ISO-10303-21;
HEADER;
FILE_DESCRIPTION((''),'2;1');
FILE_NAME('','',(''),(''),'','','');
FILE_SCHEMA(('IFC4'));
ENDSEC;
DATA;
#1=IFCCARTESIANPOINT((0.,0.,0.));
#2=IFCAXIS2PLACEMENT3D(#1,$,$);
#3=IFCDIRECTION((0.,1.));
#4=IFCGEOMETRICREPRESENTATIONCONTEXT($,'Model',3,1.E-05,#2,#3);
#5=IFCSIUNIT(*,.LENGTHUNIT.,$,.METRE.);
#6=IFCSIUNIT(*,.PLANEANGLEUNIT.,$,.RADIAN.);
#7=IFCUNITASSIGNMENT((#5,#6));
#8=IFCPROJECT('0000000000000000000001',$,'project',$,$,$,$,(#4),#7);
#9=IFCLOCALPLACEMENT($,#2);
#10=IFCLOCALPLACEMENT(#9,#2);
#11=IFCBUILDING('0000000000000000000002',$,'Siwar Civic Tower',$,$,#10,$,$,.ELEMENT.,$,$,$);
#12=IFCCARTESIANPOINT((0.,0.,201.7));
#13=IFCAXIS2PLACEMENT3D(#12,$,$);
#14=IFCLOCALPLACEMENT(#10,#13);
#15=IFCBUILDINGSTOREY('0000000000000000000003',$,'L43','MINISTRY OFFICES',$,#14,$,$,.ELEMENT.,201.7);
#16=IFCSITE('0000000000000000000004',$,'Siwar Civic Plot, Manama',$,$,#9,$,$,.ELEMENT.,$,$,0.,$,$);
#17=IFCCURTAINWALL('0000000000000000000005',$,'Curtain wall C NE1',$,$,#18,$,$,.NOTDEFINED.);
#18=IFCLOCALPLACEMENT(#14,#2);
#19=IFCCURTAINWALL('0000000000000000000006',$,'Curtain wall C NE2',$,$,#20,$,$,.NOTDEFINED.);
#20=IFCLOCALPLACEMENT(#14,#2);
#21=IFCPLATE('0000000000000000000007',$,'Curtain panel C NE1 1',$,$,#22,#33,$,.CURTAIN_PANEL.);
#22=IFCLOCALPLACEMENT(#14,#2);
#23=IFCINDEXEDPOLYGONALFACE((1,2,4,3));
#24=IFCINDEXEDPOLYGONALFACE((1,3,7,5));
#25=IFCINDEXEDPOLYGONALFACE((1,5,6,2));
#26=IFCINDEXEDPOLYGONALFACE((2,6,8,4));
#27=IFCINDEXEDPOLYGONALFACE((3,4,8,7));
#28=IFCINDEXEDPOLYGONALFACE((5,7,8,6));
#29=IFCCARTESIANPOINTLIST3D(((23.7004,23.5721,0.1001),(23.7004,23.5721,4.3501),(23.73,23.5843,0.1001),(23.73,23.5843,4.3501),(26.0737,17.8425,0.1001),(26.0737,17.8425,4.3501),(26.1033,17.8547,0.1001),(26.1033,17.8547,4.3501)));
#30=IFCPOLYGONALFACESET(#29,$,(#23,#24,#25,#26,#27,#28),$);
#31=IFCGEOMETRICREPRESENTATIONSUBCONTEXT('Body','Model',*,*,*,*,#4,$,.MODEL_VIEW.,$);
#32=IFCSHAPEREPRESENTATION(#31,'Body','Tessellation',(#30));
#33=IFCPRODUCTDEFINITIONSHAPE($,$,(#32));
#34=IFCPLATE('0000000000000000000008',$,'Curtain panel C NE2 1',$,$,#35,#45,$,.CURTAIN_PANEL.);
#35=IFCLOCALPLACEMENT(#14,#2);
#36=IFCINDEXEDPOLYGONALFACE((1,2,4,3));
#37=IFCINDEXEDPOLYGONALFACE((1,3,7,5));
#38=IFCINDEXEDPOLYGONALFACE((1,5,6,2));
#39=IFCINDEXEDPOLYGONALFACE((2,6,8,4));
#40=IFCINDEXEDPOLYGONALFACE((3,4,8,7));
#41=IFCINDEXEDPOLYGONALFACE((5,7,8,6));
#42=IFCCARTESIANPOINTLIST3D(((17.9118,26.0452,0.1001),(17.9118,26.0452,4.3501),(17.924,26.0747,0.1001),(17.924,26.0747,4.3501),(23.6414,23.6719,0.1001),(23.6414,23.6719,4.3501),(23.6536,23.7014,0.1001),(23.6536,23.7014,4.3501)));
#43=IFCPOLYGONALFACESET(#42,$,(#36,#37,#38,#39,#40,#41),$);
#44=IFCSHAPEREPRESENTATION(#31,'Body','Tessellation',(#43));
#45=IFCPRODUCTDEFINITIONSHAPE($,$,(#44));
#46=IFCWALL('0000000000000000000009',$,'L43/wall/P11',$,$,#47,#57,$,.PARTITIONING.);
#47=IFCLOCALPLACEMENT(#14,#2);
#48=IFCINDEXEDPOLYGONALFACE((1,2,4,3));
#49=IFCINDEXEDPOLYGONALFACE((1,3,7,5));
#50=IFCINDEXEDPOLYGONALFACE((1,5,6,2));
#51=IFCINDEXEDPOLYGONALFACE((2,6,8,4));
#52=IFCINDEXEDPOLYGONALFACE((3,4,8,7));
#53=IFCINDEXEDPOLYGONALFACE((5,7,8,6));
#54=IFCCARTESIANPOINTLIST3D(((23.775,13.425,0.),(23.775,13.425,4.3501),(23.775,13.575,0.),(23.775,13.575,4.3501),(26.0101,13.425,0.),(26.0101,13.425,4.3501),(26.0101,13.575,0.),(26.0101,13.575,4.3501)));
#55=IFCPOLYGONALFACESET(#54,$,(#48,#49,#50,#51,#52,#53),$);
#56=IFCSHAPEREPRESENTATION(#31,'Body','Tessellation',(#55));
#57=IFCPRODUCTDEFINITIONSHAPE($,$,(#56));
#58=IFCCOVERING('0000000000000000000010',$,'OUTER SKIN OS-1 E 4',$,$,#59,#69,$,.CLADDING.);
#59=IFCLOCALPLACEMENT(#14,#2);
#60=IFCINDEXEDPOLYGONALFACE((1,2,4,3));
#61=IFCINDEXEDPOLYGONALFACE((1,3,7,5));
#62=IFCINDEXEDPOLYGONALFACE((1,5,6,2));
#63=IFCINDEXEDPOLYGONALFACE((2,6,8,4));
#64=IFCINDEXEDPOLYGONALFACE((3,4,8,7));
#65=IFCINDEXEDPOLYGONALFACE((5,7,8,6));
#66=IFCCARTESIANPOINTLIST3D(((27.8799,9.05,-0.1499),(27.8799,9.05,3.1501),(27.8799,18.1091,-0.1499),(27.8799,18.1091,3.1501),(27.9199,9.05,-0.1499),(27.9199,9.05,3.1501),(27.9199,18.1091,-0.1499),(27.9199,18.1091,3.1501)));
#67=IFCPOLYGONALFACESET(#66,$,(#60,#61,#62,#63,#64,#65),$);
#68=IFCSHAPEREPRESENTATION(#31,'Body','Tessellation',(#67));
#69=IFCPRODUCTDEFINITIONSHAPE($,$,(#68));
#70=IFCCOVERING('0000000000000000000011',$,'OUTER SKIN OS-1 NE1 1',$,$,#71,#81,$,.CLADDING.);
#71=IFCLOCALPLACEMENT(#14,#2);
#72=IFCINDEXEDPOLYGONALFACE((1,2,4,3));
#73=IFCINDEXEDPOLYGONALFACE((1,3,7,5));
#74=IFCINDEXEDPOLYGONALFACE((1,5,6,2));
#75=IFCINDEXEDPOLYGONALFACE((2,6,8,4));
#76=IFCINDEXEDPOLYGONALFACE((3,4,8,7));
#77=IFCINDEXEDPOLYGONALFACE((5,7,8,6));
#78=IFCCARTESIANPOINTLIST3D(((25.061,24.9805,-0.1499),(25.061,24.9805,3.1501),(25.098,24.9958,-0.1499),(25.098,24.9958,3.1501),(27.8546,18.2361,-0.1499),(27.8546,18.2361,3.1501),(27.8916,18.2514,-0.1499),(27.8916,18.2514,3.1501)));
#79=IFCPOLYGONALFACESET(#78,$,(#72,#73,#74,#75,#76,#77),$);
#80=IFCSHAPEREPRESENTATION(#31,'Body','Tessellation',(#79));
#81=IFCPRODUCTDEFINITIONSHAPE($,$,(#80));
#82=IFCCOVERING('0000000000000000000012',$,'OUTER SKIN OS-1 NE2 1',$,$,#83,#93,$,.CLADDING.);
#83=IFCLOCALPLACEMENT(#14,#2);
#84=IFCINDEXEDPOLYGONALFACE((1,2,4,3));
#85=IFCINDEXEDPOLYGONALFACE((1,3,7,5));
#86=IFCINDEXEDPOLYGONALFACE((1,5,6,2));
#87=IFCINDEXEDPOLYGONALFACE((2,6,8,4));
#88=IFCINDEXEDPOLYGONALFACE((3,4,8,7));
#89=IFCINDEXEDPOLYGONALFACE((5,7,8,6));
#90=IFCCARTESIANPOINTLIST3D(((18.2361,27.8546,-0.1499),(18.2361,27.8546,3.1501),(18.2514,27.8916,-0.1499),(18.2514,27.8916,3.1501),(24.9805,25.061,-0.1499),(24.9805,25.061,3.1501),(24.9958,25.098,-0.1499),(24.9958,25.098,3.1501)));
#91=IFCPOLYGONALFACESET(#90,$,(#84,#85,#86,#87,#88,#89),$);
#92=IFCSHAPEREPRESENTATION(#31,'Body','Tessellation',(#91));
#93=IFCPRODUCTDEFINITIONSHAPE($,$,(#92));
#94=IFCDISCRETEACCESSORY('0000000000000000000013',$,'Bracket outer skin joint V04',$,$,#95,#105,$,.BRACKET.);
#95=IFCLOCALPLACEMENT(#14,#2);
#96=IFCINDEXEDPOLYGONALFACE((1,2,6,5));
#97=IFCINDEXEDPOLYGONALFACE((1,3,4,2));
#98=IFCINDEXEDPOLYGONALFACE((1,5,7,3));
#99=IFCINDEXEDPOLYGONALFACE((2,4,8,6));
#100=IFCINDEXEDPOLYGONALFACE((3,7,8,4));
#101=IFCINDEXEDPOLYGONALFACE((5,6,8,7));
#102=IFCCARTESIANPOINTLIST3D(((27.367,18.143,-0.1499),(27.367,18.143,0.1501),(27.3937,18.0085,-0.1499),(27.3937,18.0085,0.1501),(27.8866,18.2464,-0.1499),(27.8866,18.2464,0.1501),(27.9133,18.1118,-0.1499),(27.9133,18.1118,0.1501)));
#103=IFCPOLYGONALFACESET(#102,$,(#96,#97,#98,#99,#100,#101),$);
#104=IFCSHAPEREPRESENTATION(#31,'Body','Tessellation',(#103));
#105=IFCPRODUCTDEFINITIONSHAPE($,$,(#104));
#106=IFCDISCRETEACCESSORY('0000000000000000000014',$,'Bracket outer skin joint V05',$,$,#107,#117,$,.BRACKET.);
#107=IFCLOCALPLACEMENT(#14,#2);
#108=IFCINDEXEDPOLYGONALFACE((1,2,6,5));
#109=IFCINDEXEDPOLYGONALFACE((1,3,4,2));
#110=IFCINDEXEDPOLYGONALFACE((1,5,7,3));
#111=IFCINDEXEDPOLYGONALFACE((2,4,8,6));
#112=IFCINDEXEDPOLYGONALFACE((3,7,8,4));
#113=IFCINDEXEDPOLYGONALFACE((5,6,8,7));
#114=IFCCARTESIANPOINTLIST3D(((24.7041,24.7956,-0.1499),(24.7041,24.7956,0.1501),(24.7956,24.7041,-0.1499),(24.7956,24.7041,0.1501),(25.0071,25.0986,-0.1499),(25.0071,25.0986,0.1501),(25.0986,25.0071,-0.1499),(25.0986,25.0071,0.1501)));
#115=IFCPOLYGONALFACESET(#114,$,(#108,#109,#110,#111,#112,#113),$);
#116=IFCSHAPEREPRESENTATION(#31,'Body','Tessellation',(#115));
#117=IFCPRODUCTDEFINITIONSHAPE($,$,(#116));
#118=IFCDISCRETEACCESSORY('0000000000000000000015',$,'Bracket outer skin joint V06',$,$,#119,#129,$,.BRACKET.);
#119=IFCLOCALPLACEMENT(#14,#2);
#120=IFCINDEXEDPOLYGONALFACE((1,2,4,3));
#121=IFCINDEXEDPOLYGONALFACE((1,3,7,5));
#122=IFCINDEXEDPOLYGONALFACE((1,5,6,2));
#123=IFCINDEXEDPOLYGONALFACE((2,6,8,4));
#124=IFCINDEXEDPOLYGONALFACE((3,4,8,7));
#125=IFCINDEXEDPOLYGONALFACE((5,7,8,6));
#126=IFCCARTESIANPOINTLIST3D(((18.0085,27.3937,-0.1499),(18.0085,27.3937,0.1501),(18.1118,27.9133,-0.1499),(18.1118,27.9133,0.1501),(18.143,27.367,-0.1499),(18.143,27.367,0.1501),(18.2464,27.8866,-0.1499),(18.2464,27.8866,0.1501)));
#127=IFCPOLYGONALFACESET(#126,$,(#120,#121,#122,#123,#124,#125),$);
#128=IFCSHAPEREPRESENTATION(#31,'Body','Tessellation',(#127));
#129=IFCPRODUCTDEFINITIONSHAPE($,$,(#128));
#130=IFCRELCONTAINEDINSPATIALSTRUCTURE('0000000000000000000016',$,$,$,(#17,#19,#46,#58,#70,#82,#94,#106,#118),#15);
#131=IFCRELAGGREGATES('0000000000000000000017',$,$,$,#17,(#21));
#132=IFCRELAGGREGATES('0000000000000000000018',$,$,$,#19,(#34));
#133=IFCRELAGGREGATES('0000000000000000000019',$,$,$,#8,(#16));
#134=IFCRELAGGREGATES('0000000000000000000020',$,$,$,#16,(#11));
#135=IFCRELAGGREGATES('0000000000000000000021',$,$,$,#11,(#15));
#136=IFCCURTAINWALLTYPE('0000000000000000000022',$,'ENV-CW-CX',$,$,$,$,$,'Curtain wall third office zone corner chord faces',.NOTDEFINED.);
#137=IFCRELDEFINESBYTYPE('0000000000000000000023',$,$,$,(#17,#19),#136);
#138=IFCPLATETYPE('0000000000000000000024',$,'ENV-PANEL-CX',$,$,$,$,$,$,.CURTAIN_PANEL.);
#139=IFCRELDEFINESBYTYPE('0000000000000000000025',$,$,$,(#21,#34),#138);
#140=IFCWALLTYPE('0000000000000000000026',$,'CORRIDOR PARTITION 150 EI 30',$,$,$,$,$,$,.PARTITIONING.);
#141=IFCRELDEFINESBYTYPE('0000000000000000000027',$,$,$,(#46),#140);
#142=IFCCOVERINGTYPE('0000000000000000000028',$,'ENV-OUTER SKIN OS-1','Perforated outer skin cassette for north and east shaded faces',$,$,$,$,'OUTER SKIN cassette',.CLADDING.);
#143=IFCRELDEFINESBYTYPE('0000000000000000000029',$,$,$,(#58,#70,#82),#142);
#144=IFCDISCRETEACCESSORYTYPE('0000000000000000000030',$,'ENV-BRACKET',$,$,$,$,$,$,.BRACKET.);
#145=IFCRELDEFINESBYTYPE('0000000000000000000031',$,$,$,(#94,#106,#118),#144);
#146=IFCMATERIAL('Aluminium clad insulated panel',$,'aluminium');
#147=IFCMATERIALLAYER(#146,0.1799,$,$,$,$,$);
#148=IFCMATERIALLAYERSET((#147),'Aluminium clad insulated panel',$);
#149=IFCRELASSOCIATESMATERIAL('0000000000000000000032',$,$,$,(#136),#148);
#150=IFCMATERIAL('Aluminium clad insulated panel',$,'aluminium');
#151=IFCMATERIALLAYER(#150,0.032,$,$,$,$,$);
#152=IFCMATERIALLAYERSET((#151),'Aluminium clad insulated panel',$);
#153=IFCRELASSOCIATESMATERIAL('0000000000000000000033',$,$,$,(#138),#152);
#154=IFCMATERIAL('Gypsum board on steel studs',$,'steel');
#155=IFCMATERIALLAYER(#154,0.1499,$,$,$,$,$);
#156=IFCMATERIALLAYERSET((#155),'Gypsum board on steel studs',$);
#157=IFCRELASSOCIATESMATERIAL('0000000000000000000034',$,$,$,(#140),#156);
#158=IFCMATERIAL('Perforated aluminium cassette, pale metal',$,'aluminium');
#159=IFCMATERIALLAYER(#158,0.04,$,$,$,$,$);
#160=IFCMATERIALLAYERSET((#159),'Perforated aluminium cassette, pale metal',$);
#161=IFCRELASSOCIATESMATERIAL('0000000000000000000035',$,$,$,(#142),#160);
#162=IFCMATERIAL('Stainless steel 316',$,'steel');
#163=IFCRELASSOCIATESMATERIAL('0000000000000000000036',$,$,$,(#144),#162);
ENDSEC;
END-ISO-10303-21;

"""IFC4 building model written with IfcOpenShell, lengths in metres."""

from ifc_helpers import new_model, si_unit, direction, frame, frame_2d, origin, origin_2d, place, context, subcontext, project, spatial, rectangle, extrude, material, layer, layer_set, type_object, element, aggregate, save


model = new_model("IFC4")

# Units and contexts
model_context = context("Model", 3, precision=1e-05, world=origin(), true_north=direction((0.0, 1.0)))
body_context = subcontext(model_context, "Body", "Model", "MODEL_VIEW")
ifc_project = project(units=[si_unit("LENGTHUNIT", "METRE"), si_unit("PLANEANGLEUNIT", "RADIAN")], contexts=[model_context])

# Site, building, storey
site_placement = place(None, origin())
site = spatial("IfcSite", under=ifc_project, at=site_placement, Name="Siwar Civic Plot, Manama", CompositionType="ELEMENT", RefElevation=0.0)
building_placement = place(site_placement, origin())
building = spatial("IfcBuilding", under=site, at=building_placement, Name="Siwar Civic Tower", CompositionType="ELEMENT")
storey_placement = place(building_placement, frame((0.0, 0.0, 201.7)))
storey = spatial("IfcBuildingStorey", under=building, at=storey_placement, Name="L43", Description="MINISTRY OFFICES", CompositionType="ELEMENT", Elevation=201.7)

# Curtain walls
ifc_material_1 = material(Name="Aluminium clad insulated panel", Category="aluminium")
ifc_layer_1 = layer(ifc_material_1, 0.1799)
ifc_layer_set_1 = layer_set([ifc_layer_1], Name="Aluminium clad insulated panel")
curtain_wall_type = type_object("IfcCurtainWallType", Name="ENV-CW-CX", ElementType="Curtain wall third office zone corner chord faces", PredefinedType="NOTDEFINED", material=ifc_layer_set_1)
curtain_wall_1_placement = place(storey_placement, origin())
curtain_wall_1 = element("IfcCurtainWall", 1, at=curtain_wall_1_placement, inside=storey, type_object=curtain_wall_type, Name="Curtain wall C NE1", PredefinedType="NOTDEFINED")
curtain_wall_2_placement = place(storey_placement, origin())
curtain_wall_2 = element("IfcCurtainWall", 2, at=curtain_wall_2_placement, inside=storey, type_object=curtain_wall_type, Name="Curtain wall C NE2", PredefinedType="NOTDEFINED")

# Plates
ifc_material_2 = material(Name="Aluminium clad insulated panel", Category="aluminium")
ifc_layer_2 = layer(ifc_material_2, 0.032)
ifc_layer_set_2 = layer_set([ifc_layer_2], Name="Aluminium clad insulated panel")
plate_type = type_object("IfcPlateType", Name="ENV-PANEL-CX", PredefinedType="CURTAIN_PANEL", material=ifc_layer_set_2)
plate_1_placement = place(storey_placement, frame((24.9019, 20.7134, 0.1001), z_axis=(0.0, 0.0, 1.0), x_axis=(-0.382683, 0.92388, 0.0)))
plate_1 = element("IfcPlate", 3, at=plate_1_placement, type_object=plate_type, Name="Curtain panel C NE1 1", PredefinedType="CURTAIN_PANEL", context=body_context, shape_type="SweptSolid", body=[
    extrude(rectangle(XDim=6.2017, YDim=0.032, at=origin_2d()), origin(), (0.0, 0.0, 1.0), 4.25),
])
aggregate(curtain_wall_1, [plate_1])
plate_2_placement = place(storey_placement, frame((20.7827, 24.8733, 0.1001), z_axis=(0.0, 0.0, 1.0), x_axis=(-0.92388, 0.382683, 0.0)))
plate_2 = element("IfcPlate", 4, at=plate_2_placement, type_object=plate_type, Name="Curtain panel C NE2 1", PredefinedType="CURTAIN_PANEL", context=body_context, shape_type="SweptSolid", body=[
    extrude(rectangle(XDim=6.2017, YDim=0.032, at=origin_2d()), origin(), (0.0, 0.0, 1.0), 4.25),
])
aggregate(curtain_wall_2, [plate_2])

# Wall
ifc_material_3 = material(Name="Gypsum board on steel studs", Category="steel")
ifc_layer_3 = layer(ifc_material_3, 0.1499)
ifc_layer_set_3 = layer_set([ifc_layer_3], Name="Gypsum board on steel studs")
wall_type = type_object("IfcWallType", Name="CORRIDOR PARTITION 150 EI 30", PredefinedType="PARTITIONING", material=ifc_layer_set_3)
wall_placement = place(storey_placement, frame((23.7749, 13.5, 0.0), z_axis=(0.0, 0.0, 1.0), x_axis=(1.0, 0.0, 0.0)))
element("IfcWall", 5, at=wall_placement, inside=storey, type_object=wall_type, Name="L43/wall/P11", PredefinedType="PARTITIONING", context=body_context, shape_type="SweptSolid", body=[
    extrude(rectangle(XDim=2.2351, YDim=0.1499, at=frame_2d((1.1177, 0.0))), origin(), (0.0, 0.0, 1.0), 4.3501),
])

# Coverings
ifc_material_4 = material(Name="Perforated aluminium cassette, pale metal", Category="aluminium")
ifc_layer_4 = layer(ifc_material_4, 0.04)
ifc_layer_set_4 = layer_set([ifc_layer_4], Name="Perforated aluminium cassette, pale metal")
covering_type = type_object("IfcCoveringType", Name="ENV-OUTER SKIN OS-1", Description="Perforated outer skin cassette for north and east shaded faces", ElementType="OUTER SKIN cassette", PredefinedType="CLADDING", material=ifc_layer_set_4)
covering_placement = place(storey_placement, frame((27.8999, 13.5796, -0.1499), z_axis=(0.0, 0.0, 1.0), x_axis=(0.0, 1.0, 0.0)))
element("IfcCovering", 6, at=covering_placement, inside=storey, type_object=covering_type, Name="OUTER SKIN OS-1 E 4", PredefinedType="CLADDING", context=body_context, shape_type="SweptSolid", body=[
    extrude(rectangle(XDim=9.0591, YDim=0.04, at=origin_2d()), origin(), (0.0, 0.0, 1.0), 3.3),
])
for number, where, z_axis, x_axis, name in (
    (7, (26.4763, 21.616, -0.1499), (0.0, 0.0, 1.0), (-0.382683, 0.92388, 0.0), "OUTER SKIN OS-1 NE1 1"),
    (8, (21.616, 26.4763, -0.1499), (0.0, 0.0, 1.0), (-0.92388, 0.382683, 0.0), "OUTER SKIN OS-1 NE2 1"),
):
    element("IfcCovering", number, at=place(storey_placement, frame(where, z_axis=z_axis, x_axis=x_axis)), inside=storey, type_object=covering_type, Name=name, PredefinedType="CLADDING", context=body_context, shape_type="SweptSolid", body=[
        extrude(rectangle(XDim=7.3, YDim=0.04, at=origin_2d()), origin(), (0.0, 0.0, 1.0), 3.3),
    ])

# Discrete accessories
ifc_material_5 = material(Name="Stainless steel 316", Category="steel")
discrete_accessory_type = type_object("IfcDiscreteAccessoryType", Name="ENV-BRACKET", PredefinedType="BRACKET", material=ifc_material_5)
discrete_accessory_1_placement = place(storey_placement, frame((27.6401, 18.1274, -0.1499), z_axis=(0.0, 0.0, 1.0), x_axis=(0.980785, 0.19509, 0.0)))
element("IfcDiscreteAccessory", 9, at=discrete_accessory_1_placement, inside=storey, type_object=discrete_accessory_type, Name="Bracket outer skin joint V04", PredefinedType="BRACKET", context=body_context, shape_type="SweptSolid", body=[
    extrude(rectangle(XDim=0.5298, YDim=0.1372, at=origin_2d()), origin(), (0.0, 0.0, 1.0), 0.3),
])
discrete_accessory_2_placement = place(storey_placement, frame((24.9014, 24.9014, -0.1499), z_axis=(0.0, 0.0, 1.0), x_axis=(0.707107, 0.707107, 0.0)))
element("IfcDiscreteAccessory", 10, at=discrete_accessory_2_placement, inside=storey, type_object=discrete_accessory_type, Name="Bracket outer skin joint V05", PredefinedType="BRACKET", context=body_context, shape_type="SweptSolid", body=[
    extrude(rectangle(XDim=0.4285, YDim=0.1294, at=origin_2d()), origin(), (0.0, 0.0, 1.0), 0.3),
])
discrete_accessory_3_placement = place(storey_placement, frame((18.1274, 27.6401, -0.1499), z_axis=(0.0, 0.0, 1.0), x_axis=(0.19509, 0.980785, 0.0)))
element("IfcDiscreteAccessory", 11, at=discrete_accessory_3_placement, inside=storey, type_object=discrete_accessory_type, Name="Bracket outer skin joint V06", PredefinedType="BRACKET", context=body_context, shape_type="SweptSolid", body=[
    extrude(rectangle(XDim=0.5298, YDim=0.1372, at=origin_2d()), origin(), (0.0, 0.0, 1.0), 0.3),
])

save(model, "model.ifc")
